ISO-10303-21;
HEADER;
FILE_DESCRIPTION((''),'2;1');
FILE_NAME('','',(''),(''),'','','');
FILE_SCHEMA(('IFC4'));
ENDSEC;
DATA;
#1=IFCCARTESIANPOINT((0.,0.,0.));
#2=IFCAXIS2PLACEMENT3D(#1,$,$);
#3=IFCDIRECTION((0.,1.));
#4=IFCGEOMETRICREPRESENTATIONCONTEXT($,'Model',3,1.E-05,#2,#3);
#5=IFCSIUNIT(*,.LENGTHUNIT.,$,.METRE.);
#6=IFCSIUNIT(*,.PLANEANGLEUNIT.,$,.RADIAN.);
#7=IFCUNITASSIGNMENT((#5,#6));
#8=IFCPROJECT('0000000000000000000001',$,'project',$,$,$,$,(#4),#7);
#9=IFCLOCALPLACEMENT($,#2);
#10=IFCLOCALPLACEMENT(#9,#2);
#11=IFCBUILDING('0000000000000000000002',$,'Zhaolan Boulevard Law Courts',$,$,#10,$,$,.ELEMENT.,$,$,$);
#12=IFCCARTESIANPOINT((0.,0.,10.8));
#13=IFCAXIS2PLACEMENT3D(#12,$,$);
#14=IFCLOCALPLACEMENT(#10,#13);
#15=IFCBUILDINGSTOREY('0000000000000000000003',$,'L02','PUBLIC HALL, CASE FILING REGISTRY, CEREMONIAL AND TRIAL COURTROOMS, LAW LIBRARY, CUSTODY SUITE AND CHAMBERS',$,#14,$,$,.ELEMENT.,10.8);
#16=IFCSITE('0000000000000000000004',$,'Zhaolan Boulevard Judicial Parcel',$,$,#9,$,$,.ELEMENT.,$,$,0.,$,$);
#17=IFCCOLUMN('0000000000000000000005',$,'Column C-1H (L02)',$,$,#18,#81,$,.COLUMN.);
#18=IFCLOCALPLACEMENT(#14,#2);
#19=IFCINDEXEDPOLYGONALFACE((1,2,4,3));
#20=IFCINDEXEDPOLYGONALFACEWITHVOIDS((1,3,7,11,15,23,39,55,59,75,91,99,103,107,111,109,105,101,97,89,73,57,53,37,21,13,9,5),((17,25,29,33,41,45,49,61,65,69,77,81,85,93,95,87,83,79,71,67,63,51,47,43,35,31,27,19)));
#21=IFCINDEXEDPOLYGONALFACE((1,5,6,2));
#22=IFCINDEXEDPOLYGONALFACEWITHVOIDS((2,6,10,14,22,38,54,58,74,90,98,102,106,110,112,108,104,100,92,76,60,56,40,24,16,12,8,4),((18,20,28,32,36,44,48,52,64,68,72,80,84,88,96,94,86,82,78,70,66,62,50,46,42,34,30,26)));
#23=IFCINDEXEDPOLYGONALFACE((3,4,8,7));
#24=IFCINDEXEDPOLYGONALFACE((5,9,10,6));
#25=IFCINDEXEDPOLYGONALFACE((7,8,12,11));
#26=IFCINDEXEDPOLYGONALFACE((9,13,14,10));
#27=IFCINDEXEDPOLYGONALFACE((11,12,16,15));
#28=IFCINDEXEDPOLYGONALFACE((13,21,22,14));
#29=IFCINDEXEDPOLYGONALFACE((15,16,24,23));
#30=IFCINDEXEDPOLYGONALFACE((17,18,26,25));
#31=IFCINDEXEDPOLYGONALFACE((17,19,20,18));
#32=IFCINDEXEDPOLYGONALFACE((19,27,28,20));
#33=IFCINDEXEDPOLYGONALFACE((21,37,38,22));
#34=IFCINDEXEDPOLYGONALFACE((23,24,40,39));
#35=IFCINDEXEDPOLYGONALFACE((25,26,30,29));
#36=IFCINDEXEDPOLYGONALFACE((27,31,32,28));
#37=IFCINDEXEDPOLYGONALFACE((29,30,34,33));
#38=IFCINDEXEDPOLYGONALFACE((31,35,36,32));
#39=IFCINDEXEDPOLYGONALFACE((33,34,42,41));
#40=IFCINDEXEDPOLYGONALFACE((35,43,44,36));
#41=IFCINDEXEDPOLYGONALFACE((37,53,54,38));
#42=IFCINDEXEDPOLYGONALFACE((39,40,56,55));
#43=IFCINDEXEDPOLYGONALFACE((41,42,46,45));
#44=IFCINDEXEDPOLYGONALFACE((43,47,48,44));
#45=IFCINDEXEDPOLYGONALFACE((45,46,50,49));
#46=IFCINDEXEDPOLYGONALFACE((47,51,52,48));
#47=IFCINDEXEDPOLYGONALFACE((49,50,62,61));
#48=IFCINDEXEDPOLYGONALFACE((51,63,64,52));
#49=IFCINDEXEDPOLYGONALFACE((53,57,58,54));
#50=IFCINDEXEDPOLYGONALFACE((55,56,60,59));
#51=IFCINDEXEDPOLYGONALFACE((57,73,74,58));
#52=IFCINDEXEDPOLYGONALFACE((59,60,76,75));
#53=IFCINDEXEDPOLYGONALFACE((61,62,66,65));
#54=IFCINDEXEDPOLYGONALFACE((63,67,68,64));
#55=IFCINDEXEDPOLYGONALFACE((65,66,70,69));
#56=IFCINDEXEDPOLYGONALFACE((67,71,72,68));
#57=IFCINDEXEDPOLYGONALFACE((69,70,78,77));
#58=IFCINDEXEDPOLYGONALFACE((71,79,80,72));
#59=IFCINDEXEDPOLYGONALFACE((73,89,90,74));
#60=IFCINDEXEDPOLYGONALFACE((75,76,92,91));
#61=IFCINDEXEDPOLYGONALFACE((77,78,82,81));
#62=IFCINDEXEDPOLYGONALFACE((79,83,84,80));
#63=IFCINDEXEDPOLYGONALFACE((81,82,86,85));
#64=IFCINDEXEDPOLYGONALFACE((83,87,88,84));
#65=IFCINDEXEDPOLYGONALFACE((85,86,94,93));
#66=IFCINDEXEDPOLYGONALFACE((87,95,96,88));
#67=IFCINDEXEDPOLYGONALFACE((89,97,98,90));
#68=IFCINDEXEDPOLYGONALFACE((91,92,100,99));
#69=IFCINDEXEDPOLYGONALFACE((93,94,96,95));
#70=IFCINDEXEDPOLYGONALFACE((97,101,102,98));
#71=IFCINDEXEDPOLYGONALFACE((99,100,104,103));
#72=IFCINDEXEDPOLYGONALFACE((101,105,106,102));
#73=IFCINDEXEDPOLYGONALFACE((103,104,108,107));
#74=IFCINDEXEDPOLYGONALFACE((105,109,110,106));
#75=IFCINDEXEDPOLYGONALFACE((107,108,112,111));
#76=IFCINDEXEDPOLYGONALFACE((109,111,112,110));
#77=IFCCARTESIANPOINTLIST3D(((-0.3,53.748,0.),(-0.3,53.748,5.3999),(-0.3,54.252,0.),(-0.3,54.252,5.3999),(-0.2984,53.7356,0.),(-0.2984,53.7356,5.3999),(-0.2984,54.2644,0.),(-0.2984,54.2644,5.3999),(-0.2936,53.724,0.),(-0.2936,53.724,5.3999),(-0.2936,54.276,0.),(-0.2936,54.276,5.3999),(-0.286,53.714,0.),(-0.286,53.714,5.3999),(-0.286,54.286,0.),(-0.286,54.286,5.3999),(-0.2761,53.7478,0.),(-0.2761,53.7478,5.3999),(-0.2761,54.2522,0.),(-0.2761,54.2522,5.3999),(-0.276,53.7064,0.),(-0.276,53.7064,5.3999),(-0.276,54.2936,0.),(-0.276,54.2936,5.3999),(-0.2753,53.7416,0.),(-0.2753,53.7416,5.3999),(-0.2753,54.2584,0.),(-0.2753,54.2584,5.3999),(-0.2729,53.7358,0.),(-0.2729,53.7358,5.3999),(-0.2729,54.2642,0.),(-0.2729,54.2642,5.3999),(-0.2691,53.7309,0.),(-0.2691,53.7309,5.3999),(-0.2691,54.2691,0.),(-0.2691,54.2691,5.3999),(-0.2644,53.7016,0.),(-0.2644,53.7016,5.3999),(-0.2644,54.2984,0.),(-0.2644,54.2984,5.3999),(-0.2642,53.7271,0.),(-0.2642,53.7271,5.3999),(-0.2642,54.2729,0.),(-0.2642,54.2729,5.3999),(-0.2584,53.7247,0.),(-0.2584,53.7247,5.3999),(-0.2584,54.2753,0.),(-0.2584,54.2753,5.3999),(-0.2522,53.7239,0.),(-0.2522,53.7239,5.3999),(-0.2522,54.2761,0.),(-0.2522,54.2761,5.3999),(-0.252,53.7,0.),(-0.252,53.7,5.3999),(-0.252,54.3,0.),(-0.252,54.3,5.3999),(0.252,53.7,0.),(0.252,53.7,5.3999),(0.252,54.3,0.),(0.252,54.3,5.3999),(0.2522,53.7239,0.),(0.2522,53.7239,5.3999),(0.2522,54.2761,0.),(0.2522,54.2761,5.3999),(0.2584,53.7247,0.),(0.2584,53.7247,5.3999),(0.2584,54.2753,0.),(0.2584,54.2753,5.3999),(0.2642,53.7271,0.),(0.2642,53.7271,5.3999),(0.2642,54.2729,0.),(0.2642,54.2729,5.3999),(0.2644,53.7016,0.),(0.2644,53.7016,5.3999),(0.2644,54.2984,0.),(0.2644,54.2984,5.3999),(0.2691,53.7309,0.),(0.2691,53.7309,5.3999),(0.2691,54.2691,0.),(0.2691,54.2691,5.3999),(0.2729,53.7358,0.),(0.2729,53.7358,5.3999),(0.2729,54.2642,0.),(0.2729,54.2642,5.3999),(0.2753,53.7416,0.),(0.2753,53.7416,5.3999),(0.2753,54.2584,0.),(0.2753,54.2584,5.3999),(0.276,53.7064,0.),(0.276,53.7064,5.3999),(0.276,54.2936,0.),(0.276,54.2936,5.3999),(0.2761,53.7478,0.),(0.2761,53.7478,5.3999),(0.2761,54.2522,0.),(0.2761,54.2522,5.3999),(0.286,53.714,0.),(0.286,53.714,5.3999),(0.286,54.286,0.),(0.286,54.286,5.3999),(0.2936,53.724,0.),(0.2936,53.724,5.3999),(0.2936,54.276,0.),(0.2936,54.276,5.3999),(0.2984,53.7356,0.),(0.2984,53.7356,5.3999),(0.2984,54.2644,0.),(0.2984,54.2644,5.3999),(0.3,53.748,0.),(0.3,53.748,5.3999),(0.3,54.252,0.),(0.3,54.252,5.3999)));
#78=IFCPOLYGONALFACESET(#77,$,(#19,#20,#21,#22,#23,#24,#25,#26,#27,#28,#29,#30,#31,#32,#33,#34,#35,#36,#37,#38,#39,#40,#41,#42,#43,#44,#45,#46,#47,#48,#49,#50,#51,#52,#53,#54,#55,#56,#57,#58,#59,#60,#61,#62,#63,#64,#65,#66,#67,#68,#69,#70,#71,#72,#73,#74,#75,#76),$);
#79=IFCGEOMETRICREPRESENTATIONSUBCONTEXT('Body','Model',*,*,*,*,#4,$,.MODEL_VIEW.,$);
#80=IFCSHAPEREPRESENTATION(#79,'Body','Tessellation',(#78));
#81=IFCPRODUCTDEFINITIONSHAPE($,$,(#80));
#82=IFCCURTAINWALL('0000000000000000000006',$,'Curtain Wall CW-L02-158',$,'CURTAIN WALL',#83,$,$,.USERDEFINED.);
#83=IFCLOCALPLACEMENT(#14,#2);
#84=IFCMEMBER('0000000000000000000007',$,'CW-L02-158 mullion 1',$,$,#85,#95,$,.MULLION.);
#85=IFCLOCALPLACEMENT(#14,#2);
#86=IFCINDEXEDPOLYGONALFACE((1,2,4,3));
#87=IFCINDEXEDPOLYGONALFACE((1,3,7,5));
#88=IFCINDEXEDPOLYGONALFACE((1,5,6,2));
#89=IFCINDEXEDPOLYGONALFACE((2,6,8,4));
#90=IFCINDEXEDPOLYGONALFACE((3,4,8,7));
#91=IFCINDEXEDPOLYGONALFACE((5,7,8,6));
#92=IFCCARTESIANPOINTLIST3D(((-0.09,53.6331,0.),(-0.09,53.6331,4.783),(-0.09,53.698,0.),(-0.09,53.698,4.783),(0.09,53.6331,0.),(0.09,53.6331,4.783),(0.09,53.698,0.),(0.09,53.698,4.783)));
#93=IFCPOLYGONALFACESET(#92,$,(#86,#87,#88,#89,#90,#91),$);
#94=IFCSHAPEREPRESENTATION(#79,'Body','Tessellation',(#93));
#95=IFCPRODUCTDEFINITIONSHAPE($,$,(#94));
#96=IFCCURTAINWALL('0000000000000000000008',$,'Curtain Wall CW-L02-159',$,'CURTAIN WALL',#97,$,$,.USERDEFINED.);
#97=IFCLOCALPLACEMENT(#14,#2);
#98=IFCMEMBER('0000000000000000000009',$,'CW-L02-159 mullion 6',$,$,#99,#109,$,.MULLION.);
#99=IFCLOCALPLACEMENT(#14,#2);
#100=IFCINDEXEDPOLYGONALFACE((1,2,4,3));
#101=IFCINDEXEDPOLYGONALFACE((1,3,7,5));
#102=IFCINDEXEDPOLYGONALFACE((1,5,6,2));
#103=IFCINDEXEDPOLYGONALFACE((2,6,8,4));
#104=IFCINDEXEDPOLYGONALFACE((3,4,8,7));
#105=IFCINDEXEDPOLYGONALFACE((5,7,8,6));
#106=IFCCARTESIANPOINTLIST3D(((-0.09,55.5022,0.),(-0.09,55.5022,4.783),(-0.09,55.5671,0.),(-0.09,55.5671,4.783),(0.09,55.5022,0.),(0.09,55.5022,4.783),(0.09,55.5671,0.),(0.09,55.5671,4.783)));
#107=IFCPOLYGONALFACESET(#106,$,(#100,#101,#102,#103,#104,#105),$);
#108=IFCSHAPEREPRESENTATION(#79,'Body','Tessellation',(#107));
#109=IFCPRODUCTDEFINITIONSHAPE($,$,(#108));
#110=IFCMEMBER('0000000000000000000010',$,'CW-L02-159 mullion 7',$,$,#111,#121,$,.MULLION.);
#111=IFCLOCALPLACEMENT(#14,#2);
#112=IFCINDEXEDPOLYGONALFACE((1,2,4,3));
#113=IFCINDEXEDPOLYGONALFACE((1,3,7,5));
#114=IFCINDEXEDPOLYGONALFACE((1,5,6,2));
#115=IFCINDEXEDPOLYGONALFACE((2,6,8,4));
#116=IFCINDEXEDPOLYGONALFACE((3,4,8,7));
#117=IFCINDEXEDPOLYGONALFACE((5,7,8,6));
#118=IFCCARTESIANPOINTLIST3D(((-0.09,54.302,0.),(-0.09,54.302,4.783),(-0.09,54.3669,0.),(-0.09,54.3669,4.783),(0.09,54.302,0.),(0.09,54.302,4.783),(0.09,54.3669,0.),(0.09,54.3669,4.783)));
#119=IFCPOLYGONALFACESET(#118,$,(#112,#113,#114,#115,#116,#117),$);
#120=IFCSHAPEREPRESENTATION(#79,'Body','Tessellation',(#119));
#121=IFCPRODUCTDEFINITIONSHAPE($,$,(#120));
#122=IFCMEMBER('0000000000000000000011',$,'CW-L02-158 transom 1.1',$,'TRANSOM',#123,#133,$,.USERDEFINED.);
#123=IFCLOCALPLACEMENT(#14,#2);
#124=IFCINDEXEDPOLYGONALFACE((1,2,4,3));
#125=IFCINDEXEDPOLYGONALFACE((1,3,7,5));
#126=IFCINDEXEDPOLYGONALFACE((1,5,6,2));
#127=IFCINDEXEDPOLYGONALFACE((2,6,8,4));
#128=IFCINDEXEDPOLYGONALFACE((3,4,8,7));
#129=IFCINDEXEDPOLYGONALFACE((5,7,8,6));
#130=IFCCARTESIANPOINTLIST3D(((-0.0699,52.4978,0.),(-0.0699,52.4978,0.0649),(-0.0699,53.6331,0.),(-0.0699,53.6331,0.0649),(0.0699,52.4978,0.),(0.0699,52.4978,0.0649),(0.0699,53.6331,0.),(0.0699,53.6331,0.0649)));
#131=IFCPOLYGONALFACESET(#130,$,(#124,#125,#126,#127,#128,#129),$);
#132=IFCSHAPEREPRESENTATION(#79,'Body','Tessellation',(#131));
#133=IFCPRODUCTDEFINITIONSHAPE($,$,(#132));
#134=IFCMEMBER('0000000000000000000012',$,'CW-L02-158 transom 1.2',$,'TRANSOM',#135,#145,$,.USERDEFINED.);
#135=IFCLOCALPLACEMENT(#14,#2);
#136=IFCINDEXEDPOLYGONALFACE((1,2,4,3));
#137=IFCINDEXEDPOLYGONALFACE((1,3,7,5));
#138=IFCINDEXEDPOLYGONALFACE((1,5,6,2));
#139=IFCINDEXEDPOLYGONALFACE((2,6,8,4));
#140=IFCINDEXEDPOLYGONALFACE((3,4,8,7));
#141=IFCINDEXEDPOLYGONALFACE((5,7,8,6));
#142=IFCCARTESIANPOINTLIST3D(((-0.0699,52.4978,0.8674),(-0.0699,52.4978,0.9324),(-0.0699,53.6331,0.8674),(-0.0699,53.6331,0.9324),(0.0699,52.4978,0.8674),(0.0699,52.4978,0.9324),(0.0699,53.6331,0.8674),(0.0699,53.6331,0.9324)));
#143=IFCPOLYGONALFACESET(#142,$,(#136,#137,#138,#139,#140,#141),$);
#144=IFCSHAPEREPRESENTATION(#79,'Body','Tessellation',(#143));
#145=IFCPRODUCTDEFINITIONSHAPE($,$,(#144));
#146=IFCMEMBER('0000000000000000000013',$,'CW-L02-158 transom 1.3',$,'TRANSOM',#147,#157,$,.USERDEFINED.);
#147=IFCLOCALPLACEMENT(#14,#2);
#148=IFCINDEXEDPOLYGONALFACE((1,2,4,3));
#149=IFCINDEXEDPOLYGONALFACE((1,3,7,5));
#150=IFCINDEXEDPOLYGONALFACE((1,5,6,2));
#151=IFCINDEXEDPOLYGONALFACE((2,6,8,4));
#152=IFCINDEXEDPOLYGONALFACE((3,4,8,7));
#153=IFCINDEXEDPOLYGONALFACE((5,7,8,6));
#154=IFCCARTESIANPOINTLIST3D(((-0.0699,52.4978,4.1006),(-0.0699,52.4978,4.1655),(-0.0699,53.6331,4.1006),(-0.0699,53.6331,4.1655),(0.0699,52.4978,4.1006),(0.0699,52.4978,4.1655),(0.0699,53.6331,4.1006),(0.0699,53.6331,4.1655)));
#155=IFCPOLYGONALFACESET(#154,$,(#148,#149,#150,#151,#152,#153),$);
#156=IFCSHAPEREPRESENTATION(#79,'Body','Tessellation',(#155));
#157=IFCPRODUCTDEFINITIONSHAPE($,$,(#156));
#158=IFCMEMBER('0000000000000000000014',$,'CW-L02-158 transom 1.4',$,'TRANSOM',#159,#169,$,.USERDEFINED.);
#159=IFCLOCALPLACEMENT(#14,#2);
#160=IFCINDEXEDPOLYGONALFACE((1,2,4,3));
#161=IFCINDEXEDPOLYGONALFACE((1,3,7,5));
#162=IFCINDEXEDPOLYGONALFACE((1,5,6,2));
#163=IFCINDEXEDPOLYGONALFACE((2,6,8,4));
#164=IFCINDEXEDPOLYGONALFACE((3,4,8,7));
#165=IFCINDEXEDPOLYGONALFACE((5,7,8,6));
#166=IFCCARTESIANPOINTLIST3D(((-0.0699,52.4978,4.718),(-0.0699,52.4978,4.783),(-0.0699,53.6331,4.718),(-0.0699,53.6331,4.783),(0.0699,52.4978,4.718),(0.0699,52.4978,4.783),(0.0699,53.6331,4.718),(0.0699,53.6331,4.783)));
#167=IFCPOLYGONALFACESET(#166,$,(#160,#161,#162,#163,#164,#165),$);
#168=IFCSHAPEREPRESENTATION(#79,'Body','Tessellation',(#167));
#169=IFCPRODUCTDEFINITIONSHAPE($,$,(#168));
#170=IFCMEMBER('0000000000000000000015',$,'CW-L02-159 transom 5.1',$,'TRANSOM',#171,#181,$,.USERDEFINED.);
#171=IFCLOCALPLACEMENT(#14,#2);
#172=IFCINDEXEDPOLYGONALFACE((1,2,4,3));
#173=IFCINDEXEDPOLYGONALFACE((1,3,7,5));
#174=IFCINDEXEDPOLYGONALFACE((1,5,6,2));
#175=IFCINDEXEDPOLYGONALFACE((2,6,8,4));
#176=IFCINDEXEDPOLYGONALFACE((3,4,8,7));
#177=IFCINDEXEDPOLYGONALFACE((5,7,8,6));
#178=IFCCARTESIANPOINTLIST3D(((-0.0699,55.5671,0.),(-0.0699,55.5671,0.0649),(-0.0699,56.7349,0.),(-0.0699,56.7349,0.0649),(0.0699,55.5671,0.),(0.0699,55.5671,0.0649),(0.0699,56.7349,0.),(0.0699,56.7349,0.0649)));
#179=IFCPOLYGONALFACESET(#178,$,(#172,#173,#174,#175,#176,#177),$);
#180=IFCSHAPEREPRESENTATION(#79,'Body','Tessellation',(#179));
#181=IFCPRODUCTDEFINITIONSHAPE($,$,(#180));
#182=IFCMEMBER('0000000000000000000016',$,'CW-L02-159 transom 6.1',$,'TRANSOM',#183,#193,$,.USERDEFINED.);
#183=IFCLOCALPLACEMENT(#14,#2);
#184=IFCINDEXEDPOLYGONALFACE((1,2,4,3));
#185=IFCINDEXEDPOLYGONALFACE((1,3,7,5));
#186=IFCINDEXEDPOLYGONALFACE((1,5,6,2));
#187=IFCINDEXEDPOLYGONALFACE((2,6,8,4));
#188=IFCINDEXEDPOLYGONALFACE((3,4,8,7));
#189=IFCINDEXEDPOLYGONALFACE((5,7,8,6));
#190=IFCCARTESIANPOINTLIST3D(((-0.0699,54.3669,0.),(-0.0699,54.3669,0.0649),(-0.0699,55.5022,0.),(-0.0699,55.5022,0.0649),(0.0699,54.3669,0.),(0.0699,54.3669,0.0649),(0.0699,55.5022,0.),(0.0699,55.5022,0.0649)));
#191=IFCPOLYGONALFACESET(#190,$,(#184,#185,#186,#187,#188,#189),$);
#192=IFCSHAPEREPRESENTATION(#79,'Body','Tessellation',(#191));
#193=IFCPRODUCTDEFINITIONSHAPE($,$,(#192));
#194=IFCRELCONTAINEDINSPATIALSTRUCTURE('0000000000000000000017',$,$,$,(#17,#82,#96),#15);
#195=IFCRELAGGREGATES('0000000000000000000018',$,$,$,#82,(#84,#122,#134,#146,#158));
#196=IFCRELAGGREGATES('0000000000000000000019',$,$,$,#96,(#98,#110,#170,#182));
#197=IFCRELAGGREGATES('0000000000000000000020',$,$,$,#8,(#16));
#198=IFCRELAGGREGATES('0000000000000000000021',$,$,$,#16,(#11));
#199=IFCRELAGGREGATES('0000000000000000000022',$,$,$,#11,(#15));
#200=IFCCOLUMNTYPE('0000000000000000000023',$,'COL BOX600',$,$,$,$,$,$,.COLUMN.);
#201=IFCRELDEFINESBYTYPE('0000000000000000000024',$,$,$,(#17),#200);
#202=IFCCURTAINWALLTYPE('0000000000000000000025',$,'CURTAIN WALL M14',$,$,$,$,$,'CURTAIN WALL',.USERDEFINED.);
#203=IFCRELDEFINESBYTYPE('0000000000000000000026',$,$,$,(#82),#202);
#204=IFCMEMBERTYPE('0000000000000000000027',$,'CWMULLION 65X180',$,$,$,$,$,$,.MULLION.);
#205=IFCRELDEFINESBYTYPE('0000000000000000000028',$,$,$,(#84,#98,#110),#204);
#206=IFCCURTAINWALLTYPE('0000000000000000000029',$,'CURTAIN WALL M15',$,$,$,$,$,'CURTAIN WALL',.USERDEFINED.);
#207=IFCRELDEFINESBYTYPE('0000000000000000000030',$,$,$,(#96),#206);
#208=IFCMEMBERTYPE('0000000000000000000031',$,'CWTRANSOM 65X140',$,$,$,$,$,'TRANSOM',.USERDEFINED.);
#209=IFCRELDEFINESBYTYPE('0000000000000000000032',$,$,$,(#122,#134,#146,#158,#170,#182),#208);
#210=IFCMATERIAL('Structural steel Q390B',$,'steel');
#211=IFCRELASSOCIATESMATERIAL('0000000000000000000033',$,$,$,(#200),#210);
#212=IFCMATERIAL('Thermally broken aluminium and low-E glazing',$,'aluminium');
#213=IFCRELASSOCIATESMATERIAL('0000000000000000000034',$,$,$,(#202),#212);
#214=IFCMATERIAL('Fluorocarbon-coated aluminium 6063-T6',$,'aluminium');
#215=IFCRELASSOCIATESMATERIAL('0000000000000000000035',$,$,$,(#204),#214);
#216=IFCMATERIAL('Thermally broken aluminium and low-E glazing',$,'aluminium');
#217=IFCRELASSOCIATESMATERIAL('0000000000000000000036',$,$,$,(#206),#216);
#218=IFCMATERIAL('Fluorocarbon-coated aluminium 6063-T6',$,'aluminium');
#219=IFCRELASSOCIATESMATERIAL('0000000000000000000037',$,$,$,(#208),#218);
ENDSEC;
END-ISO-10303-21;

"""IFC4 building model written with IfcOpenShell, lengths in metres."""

from ifc_helpers import new_model, si_unit, direction, frame, origin, origin_2d, place, context, subcontext, project, spatial, rectangle, hollow_rectangle, extrude, material, material_profile, profile_set, type_object, element, aggregate, save


model = new_model("IFC4")

# Units and contexts
model_context = context("Model", 3, precision=1e-05, world=origin(), true_north=direction((0.0, 1.0)))
body_context = subcontext(model_context, "Body", "Model", "MODEL_VIEW")
ifc_project = project(units=[si_unit("LENGTHUNIT", "METRE"), si_unit("PLANEANGLEUNIT", "RADIAN")], contexts=[model_context])

# Site, building, storey
site_placement = place(None, origin())
site = spatial("IfcSite", under=ifc_project, at=site_placement, Name="Zhaolan Boulevard Judicial Parcel", CompositionType="ELEMENT", RefElevation=0.0)
building_placement = place(site_placement, origin())
building = spatial("IfcBuilding", under=site, at=building_placement, Name="Zhaolan Boulevard Law Courts", CompositionType="ELEMENT")
storey_placement = place(building_placement, frame((0.0, 0.0, 10.8)))
storey = spatial("IfcBuildingStorey", under=building, at=storey_placement, Name="L02", Description="PUBLIC HALL, CASE FILING REGISTRY, CEREMONIAL AND TRIAL COURTROOMS, LAW LIBRARY, CUSTODY SUITE AND CHAMBERS", CompositionType="ELEMENT", Elevation=10.8)

# Column
ifc_material_1 = material(Name="Structural steel Q390B", Category="steel")
ifc_material_profile_1 = material_profile(ifc_material_1, hollow_rectangle(XDim=0.6001, YDim=0.6001, WallThickness=0.0239, InnerFilletRadius=0.0239, OuterFilletRadius=0.0481, at=origin_2d()), Name="BOX600x600x24")
ifc_profile_set_1 = profile_set([ifc_material_profile_1], Name="Structural steel Q390B")
column_type = type_object("IfcColumnType", Name="COL BOX600", PredefinedType="COLUMN", material=ifc_profile_set_1)
column_placement = place(storey_placement, frame((0.0, 54.0, 0.0), z_axis=(0.0, 0.0, 1.0), x_axis=(1.0, 0.0, 0.0)))
element("IfcColumn", 1, at=column_placement, inside=storey, type_object=column_type, Name="Column C-1H (L02)", PredefinedType="COLUMN", context=body_context, shape_type="SweptSolid", body=[
    extrude(hollow_rectangle(XDim=0.6001, YDim=0.6001, WallThickness=0.0239, InnerFilletRadius=0.0239, OuterFilletRadius=0.0481, at=origin_2d()), origin(), (0.0, 0.0, 1.0), 5.3999),
])

# Curtain wall, member
ifc_material_2 = material(Name="Thermally broken aluminium and low-E glazing", Category="aluminium")
curtain_wall_type_1 = type_object("IfcCurtainWallType", Name="CURTAIN WALL M14", ElementType="CURTAIN WALL", PredefinedType="USERDEFINED", material=ifc_material_2)
curtain_wall_1_placement = place(storey_placement, origin())
curtain_wall_1 = element("IfcCurtainWall", 2, at=curtain_wall_1_placement, inside=storey, type_object=curtain_wall_type_1, Name="Curtain Wall CW-L02-158", ObjectType="CURTAIN WALL", PredefinedType="USERDEFINED")
ifc_material_3 = material(Name="Fluorocarbon-coated aluminium 6063-T6", Category="aluminium")
ifc_material_profile_2 = material_profile(ifc_material_3, rectangle(XDim=0.1799, YDim=0.0649, at=origin_2d()), Name="AL65x180")
ifc_profile_set_2 = profile_set([ifc_material_profile_2], Name="Fluorocarbon-coated aluminium 6063-T6")
member_type_1 = type_object("IfcMemberType", Name="CWMULLION 65X180", PredefinedType="MULLION", material=ifc_profile_set_2)
member_1_placement = place(storey_placement, frame((0.0, 53.6655, 0.0), z_axis=(0.0, 0.0, 1.0), x_axis=(1.0, 0.0, 0.0)))
member_1 = element("IfcMember", 3, at=member_1_placement, type_object=member_type_1, Name="CW-L02-158 mullion 1", PredefinedType="MULLION", context=body_context, shape_type="SweptSolid", body=[
    extrude(rectangle(XDim=0.1799, YDim=0.0649, at=origin_2d()), origin(), (0.0, 0.0, 1.0), 4.783),
])

# Curtain wall, members
ifc_material_4 = material(Name="Thermally broken aluminium and low-E glazing", Category="aluminium")
curtain_wall_type_2 = type_object("IfcCurtainWallType", Name="CURTAIN WALL M15", ElementType="CURTAIN WALL", PredefinedType="USERDEFINED", material=ifc_material_4)
curtain_wall_2_placement = place(storey_placement, origin())
curtain_wall_2 = element("IfcCurtainWall", 4, at=curtain_wall_2_placement, inside=storey, type_object=curtain_wall_type_2, Name="Curtain Wall CW-L02-159", ObjectType="CURTAIN WALL", PredefinedType="USERDEFINED")
member_2_placement = place(storey_placement, frame((0.0, 55.5347, 0.0), z_axis=(0.0, 0.0, 1.0), x_axis=(1.0, 0.0, 0.0)))
member_2 = element("IfcMember", 5, at=member_2_placement, type_object=member_type_1, Name="CW-L02-159 mullion 6", PredefinedType="MULLION", context=body_context, shape_type="SweptSolid", body=[
    extrude(rectangle(XDim=0.1799, YDim=0.0649, at=origin_2d()), origin(), (0.0, 0.0, 1.0), 4.783),
])
member_3_placement = place(storey_placement, frame((0.0, 54.3345, 0.0), z_axis=(0.0, 0.0, 1.0), x_axis=(1.0, 0.0, 0.0)))
member_3 = element("IfcMember", 6, at=member_3_placement, type_object=member_type_1, Name="CW-L02-159 mullion 7", PredefinedType="MULLION", context=body_context, shape_type="SweptSolid", body=[
    extrude(rectangle(XDim=0.1799, YDim=0.0649, at=origin_2d()), origin(), (0.0, 0.0, 1.0), 4.783),
])

# Members
ifc_material_5 = material(Name="Fluorocarbon-coated aluminium 6063-T6", Category="aluminium")
ifc_material_profile_3 = material_profile(ifc_material_5, rectangle(XDim=0.1399, YDim=0.0649, at=origin_2d()), Name="AL65x140")
ifc_profile_set_3 = profile_set([ifc_material_profile_3], Name="Fluorocarbon-coated aluminium 6063-T6")
member_type_2 = type_object("IfcMemberType", Name="CWTRANSOM 65X140", ElementType="TRANSOM", PredefinedType="USERDEFINED", material=ifc_profile_set_3)
member_4_placement = place(storey_placement, frame((0.0, 53.6331, 0.0325), z_axis=(0.0, -1.0, 0.0), x_axis=(1.0, 0.0, 0.0)))
member_4 = element("IfcMember", 7, at=member_4_placement, type_object=member_type_2, Name="CW-L02-158 transom 1.1", ObjectType="TRANSOM", PredefinedType="USERDEFINED", context=body_context, shape_type="SweptSolid", body=[
    extrude(rectangle(XDim=0.1399, YDim=0.0649, at=origin_2d()), origin(), (0.0, 0.0, 1.0), 1.1353),
])
member_5_placement = place(storey_placement, frame((0.0, 53.6331, 0.8999), z_axis=(0.0, -1.0, 0.0), x_axis=(1.0, 0.0, 0.0)))
member_5 = element("IfcMember", 8, at=member_5_placement, type_object=member_type_2, Name="CW-L02-158 transom 1.2", ObjectType="TRANSOM", PredefinedType="USERDEFINED", context=body_context, shape_type="SweptSolid", body=[
    extrude(rectangle(XDim=0.1399, YDim=0.0649, at=origin_2d()), origin(), (0.0, 0.0, 1.0), 1.1353),
])
member_6_placement = place(storey_placement, frame((0.0, 53.6331, 4.1331), z_axis=(0.0, -1.0, 0.0), x_axis=(1.0, 0.0, 0.0)))
member_6 = element("IfcMember", 9, at=member_6_placement, type_object=member_type_2, Name="CW-L02-158 transom 1.3", ObjectType="TRANSOM", PredefinedType="USERDEFINED", context=body_context, shape_type="SweptSolid", body=[
    extrude(rectangle(XDim=0.1399, YDim=0.0649, at=origin_2d()), origin(), (0.0, 0.0, 1.0), 1.1353),
])
member_7_placement = place(storey_placement, frame((0.0, 53.6331, 4.7505), z_axis=(0.0, -1.0, 0.0), x_axis=(1.0, 0.0, 0.0)))
member_7 = element("IfcMember", 10, at=member_7_placement, type_object=member_type_2, Name="CW-L02-158 transom 1.4", ObjectType="TRANSOM", PredefinedType="USERDEFINED", context=body_context, shape_type="SweptSolid", body=[
    extrude(rectangle(XDim=0.1399, YDim=0.0649, at=origin_2d()), origin(), (0.0, 0.0, 1.0), 1.1353),
])
member_8_placement = place(storey_placement, frame((0.0, 56.7349, 0.0325), z_axis=(0.0, -1.0, 0.0), x_axis=(1.0, 0.0, 0.0)))
member_8 = element("IfcMember", 11, at=member_8_placement, type_object=member_type_2, Name="CW-L02-159 transom 5.1", ObjectType="TRANSOM", PredefinedType="USERDEFINED", context=body_context, shape_type="SweptSolid", body=[
    extrude(rectangle(XDim=0.1399, YDim=0.0649, at=origin_2d()), origin(), (0.0, 0.0, 1.0), 1.1677),
])
member_9_placement = place(storey_placement, frame((0.0, 55.5022, 0.0325), z_axis=(0.0, -1.0, 0.0), x_axis=(1.0, 0.0, 0.0)))
member_9 = element("IfcMember", 12, at=member_9_placement, type_object=member_type_2, Name="CW-L02-159 transom 6.1", ObjectType="TRANSOM", PredefinedType="USERDEFINED", context=body_context, shape_type="SweptSolid", body=[
    extrude(rectangle(XDim=0.1399, YDim=0.0649, at=origin_2d()), origin(), (0.0, 0.0, 1.0), 1.1353),
])

aggregate(curtain_wall_1, [member_1, member_4, member_5, member_6, member_7])
aggregate(curtain_wall_2, [member_2, member_3, member_8, member_9])

save(model, "model.ifc")
